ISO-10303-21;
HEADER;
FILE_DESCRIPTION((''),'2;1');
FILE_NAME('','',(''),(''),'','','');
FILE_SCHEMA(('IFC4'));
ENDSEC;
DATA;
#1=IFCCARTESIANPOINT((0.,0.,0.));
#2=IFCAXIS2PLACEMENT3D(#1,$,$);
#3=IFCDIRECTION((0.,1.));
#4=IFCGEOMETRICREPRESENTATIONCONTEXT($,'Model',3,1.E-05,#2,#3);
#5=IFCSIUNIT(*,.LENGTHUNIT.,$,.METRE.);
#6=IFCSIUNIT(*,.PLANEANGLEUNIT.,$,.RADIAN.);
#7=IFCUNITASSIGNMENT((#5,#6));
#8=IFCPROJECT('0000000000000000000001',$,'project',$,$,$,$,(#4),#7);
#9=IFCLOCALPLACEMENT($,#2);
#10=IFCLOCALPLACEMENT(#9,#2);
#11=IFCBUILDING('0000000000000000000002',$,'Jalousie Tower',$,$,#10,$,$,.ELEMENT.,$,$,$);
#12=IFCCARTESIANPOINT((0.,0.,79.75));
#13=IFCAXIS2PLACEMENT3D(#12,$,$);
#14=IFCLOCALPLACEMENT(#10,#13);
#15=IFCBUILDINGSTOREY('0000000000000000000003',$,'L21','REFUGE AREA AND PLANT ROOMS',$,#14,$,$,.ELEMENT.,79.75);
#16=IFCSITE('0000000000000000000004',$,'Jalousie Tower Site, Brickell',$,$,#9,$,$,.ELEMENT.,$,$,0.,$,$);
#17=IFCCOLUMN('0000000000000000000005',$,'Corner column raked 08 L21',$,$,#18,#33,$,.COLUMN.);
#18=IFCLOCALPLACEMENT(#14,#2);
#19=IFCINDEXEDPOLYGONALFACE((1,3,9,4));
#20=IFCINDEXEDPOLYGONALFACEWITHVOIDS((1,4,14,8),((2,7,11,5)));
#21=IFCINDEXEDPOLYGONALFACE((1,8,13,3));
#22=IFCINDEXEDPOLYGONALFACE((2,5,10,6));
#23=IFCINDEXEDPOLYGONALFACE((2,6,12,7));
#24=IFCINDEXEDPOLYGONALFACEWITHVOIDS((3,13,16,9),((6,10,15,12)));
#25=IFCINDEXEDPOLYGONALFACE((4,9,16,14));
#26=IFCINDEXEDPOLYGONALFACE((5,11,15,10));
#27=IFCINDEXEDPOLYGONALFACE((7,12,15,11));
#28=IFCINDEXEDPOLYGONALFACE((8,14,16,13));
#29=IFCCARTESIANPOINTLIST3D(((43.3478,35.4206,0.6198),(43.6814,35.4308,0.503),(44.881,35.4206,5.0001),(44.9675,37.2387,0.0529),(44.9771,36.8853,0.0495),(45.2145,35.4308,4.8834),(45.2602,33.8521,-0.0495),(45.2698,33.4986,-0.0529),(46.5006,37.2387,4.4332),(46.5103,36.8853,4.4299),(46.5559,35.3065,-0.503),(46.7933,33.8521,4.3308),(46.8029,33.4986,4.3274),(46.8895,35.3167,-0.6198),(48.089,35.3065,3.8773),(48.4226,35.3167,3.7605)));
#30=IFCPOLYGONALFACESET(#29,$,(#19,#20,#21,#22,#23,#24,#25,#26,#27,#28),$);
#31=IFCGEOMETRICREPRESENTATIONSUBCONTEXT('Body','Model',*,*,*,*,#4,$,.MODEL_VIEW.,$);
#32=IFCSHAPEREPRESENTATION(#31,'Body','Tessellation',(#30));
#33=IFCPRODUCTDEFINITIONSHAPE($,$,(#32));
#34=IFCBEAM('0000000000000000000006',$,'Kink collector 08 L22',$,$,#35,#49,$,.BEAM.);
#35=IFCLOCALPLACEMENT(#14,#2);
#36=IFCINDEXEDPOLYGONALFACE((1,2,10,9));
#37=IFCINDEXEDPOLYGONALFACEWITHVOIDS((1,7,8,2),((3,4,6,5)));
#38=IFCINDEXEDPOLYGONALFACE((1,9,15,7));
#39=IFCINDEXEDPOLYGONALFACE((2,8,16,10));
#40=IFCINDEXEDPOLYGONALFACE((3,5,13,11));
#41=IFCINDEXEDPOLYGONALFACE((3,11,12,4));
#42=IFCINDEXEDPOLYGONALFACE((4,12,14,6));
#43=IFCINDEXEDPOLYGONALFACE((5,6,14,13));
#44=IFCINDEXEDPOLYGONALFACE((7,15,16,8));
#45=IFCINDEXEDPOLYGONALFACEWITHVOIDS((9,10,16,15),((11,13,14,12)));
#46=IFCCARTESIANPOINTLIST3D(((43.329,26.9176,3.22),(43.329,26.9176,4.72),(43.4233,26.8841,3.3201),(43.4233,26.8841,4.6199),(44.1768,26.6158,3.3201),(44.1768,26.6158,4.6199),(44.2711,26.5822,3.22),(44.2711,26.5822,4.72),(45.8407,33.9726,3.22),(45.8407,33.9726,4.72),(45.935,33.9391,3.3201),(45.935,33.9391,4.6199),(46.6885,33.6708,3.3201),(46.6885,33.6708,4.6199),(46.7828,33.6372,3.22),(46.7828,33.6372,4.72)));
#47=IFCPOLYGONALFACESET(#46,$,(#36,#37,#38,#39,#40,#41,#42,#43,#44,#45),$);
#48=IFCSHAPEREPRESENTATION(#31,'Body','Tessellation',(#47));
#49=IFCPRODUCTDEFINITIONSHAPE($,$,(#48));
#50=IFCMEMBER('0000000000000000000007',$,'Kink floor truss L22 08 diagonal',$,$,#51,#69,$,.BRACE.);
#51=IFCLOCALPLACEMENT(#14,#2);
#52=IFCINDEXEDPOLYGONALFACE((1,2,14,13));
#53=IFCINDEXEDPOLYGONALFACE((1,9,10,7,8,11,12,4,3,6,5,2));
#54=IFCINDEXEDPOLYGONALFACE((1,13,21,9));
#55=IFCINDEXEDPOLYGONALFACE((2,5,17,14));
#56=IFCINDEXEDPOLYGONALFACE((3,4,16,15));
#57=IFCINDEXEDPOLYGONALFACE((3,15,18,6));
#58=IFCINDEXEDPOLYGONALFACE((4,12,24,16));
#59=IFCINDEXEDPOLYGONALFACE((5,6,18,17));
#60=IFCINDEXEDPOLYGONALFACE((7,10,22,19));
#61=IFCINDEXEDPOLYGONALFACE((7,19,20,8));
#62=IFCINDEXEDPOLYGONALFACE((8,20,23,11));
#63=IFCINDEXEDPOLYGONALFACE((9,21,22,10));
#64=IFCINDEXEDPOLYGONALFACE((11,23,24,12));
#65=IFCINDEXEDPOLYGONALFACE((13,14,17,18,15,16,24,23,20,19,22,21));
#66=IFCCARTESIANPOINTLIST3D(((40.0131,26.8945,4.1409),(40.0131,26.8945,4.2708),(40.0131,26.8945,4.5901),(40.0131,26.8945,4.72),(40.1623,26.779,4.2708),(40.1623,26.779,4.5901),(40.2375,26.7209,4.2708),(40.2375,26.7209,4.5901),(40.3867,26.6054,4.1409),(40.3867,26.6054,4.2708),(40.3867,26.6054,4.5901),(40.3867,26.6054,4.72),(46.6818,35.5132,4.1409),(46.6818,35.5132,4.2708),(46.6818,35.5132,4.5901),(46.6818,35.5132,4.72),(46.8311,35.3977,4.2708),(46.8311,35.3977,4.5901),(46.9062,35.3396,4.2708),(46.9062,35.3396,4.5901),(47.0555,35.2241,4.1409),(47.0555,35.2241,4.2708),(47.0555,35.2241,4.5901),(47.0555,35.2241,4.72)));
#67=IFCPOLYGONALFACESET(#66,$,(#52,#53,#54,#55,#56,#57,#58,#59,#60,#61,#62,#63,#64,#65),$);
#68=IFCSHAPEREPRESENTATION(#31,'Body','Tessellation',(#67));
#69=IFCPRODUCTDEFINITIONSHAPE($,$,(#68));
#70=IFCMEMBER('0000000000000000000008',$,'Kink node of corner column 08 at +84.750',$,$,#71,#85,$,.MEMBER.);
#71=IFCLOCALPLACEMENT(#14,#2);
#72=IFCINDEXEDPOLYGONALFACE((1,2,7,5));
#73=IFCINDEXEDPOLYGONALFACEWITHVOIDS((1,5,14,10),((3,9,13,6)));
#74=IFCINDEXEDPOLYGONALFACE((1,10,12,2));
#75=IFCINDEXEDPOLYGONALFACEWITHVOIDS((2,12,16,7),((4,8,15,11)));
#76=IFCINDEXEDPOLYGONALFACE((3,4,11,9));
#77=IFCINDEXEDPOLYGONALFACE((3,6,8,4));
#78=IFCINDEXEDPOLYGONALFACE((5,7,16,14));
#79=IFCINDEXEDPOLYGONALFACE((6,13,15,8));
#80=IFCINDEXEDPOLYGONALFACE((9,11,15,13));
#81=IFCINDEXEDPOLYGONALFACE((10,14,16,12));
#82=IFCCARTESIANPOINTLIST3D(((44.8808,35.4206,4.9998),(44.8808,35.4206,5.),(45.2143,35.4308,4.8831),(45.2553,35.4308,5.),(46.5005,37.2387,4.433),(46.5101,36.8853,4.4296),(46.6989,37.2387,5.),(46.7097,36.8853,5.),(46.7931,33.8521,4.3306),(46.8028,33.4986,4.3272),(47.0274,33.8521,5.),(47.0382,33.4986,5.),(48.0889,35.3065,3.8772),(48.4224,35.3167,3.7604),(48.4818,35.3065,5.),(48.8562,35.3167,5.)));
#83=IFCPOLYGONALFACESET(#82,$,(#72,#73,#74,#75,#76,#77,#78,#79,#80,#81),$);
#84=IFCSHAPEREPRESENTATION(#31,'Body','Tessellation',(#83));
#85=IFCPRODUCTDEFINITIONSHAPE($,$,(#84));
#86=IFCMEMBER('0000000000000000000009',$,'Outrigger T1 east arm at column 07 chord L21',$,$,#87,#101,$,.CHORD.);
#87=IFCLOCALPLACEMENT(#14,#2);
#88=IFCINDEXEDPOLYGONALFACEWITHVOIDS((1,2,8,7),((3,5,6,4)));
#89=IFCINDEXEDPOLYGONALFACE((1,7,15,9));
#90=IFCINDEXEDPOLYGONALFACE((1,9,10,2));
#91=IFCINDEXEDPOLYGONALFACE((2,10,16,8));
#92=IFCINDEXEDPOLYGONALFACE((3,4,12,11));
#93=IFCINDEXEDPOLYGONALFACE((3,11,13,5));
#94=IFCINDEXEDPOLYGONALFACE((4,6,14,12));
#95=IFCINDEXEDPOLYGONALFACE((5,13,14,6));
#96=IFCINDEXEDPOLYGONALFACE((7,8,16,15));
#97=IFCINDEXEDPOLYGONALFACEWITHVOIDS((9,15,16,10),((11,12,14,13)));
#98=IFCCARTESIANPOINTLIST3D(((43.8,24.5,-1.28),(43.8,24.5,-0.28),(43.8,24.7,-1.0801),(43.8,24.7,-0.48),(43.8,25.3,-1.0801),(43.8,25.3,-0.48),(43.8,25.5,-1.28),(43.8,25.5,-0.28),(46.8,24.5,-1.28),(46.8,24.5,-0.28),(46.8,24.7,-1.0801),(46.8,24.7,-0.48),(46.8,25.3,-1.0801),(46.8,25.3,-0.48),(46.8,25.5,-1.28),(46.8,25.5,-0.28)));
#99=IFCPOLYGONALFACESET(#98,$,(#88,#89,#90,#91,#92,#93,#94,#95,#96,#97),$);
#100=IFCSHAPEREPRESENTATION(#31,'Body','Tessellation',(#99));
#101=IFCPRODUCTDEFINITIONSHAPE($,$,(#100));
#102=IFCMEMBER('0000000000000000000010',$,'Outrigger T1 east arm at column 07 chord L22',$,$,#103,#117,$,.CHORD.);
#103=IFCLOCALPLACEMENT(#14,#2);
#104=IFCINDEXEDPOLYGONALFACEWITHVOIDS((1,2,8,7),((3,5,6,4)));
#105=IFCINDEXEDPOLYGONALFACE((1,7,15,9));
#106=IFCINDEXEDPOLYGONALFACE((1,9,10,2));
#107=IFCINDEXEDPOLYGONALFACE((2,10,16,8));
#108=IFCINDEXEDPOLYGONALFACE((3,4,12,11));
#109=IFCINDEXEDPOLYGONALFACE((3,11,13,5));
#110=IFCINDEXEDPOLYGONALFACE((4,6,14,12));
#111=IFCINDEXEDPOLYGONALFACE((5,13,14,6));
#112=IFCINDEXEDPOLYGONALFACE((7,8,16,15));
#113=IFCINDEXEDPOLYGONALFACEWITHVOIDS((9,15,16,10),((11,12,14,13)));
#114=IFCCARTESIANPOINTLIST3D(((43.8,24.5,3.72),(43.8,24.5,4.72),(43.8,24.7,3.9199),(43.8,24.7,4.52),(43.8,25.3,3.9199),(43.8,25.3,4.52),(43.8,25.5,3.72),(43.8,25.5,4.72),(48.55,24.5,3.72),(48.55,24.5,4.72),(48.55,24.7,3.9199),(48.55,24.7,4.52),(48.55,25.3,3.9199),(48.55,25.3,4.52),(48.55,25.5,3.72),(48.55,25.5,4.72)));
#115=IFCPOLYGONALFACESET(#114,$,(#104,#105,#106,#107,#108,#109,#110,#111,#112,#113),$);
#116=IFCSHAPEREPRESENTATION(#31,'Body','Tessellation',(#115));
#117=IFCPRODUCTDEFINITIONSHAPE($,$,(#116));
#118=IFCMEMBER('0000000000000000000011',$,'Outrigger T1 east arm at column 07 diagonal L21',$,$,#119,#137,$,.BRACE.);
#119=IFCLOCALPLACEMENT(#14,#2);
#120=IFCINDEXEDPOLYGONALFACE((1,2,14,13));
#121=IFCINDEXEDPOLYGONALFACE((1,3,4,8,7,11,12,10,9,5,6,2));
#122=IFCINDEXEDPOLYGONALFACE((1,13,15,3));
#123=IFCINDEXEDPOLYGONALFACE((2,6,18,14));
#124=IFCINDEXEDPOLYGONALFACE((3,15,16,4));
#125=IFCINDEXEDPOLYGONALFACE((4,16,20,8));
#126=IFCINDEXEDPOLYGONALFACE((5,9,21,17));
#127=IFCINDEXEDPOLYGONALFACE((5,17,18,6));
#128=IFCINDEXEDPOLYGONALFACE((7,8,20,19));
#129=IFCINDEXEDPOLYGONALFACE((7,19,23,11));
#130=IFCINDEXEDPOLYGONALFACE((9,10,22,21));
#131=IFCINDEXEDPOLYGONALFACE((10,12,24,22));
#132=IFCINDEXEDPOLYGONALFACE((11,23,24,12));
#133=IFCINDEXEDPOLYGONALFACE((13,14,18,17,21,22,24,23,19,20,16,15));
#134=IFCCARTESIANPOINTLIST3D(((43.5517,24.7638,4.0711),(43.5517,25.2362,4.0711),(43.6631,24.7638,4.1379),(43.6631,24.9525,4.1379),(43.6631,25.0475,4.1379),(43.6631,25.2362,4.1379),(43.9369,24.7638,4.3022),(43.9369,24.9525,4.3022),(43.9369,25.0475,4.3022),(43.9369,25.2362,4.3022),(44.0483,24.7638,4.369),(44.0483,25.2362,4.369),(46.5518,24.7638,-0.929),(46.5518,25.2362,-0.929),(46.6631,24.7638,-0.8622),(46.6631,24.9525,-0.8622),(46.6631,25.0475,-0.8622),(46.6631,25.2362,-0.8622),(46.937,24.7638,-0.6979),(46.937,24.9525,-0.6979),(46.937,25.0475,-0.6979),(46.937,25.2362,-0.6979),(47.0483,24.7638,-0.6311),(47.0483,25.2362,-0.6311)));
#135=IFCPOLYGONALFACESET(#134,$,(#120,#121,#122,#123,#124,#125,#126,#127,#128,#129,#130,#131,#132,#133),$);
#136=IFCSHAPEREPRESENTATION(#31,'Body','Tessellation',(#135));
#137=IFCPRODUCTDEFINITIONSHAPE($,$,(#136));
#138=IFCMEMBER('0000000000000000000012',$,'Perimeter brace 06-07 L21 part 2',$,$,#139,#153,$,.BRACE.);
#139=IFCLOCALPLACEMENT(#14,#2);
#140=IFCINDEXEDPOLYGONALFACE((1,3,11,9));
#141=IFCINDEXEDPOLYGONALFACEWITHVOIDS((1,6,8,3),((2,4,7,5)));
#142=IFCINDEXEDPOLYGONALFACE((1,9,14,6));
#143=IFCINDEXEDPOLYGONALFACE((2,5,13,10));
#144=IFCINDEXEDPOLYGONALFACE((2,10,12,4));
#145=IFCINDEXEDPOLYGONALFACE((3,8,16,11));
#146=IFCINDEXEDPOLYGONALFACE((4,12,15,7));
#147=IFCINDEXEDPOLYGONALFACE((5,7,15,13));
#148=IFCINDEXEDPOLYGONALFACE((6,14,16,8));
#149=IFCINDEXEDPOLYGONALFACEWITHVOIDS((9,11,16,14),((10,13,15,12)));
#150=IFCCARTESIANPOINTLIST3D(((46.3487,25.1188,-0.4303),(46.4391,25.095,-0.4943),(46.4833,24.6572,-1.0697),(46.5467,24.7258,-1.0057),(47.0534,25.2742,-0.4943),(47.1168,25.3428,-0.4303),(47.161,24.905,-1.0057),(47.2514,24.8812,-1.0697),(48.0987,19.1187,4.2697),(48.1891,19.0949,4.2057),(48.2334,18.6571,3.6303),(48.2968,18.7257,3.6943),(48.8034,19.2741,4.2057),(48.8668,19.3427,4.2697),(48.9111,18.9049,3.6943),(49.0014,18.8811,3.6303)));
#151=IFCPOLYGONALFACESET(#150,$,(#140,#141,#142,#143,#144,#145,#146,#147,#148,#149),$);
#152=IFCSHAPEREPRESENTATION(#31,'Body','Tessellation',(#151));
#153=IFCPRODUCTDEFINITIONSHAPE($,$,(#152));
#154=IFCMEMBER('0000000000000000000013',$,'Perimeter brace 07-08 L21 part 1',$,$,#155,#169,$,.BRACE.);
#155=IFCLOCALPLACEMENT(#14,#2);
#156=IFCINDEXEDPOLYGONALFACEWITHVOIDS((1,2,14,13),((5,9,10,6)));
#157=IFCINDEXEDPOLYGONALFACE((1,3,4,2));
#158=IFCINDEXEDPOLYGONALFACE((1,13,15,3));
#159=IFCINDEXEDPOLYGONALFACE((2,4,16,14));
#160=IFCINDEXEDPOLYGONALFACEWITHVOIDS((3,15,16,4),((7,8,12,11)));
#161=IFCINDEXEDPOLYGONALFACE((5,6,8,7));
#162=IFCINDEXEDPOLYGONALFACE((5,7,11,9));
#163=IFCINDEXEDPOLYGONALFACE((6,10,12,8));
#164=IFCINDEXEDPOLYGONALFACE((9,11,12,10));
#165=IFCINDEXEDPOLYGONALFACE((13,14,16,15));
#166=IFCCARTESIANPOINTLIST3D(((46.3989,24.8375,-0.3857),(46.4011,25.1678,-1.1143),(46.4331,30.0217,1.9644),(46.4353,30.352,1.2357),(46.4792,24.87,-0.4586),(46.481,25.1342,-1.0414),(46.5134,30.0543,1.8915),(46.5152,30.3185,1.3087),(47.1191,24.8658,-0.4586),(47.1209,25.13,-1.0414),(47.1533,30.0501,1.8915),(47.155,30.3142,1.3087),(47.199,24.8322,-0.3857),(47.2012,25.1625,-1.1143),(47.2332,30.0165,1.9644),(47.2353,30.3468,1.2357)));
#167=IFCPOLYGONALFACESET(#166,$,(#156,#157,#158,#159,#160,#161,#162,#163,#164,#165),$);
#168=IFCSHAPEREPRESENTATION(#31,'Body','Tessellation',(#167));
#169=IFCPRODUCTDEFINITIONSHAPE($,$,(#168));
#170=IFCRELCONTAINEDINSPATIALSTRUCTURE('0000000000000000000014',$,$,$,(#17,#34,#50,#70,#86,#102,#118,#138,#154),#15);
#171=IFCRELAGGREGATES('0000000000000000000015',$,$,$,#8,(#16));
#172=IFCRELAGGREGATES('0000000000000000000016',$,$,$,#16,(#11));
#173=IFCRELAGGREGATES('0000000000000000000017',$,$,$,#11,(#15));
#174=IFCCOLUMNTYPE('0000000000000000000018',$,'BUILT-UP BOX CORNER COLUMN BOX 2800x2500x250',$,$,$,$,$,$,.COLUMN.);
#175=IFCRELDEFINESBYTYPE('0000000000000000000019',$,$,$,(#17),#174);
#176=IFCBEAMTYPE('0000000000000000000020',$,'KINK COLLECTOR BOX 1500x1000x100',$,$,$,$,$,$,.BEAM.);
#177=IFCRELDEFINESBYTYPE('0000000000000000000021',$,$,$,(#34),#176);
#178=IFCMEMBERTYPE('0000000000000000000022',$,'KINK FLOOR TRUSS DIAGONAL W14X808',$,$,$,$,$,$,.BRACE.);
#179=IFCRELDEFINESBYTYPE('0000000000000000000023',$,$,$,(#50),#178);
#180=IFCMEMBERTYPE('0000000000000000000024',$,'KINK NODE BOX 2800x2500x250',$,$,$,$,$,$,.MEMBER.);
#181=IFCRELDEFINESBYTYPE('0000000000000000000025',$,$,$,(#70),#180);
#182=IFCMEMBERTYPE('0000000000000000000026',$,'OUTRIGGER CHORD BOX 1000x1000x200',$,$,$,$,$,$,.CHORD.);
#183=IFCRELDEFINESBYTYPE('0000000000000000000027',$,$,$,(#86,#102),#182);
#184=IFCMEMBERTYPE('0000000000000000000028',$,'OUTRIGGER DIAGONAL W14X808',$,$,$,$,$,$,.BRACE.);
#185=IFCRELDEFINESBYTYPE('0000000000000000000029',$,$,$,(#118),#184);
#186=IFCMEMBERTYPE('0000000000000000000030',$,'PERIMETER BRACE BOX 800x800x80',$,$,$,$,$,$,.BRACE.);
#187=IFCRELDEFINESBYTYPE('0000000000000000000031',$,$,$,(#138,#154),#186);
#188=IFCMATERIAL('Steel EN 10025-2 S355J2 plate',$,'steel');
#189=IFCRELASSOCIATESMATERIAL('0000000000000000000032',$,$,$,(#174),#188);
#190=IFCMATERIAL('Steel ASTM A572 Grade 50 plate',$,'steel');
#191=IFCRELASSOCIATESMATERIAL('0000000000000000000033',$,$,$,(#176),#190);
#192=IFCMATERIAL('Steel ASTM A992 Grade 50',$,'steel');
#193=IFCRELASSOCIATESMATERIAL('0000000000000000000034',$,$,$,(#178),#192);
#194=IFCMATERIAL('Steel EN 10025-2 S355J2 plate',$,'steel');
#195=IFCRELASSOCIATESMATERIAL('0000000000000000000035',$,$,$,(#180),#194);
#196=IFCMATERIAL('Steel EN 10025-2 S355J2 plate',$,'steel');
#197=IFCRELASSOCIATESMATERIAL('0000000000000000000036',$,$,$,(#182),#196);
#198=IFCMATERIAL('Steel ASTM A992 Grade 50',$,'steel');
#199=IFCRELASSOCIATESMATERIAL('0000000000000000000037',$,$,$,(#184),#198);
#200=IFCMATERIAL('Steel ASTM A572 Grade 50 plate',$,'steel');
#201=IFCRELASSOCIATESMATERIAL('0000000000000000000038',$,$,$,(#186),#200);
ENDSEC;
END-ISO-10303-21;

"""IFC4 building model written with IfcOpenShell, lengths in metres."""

from ifc_helpers import new_model, si_unit, direction, frame, origin, origin_2d, place, context, subcontext, project, spatial, hollow_rectangle, i_section, extrude, clip, halfspace, material, material_profile, profile_set, type_object, element, save


model = new_model("IFC4")

# Units and contexts
model_context = context("Model", 3, precision=1e-05, world=origin(), true_north=direction((0.0, 1.0)))
body_context = subcontext(model_context, "Body", "Model", "MODEL_VIEW")
ifc_project = project(units=[si_unit("LENGTHUNIT", "METRE"), si_unit("PLANEANGLEUNIT", "RADIAN")], contexts=[model_context])

# Site, building, storey
site_placement = place(None, origin())
site = spatial("IfcSite", under=ifc_project, at=site_placement, Name="Jalousie Tower Site, Brickell", CompositionType="ELEMENT", RefElevation=0.0)
building_placement = place(site_placement, origin())
building = spatial("IfcBuilding", under=site, at=building_placement, Name="Jalousie Tower", CompositionType="ELEMENT")
storey_placement = place(building_placement, frame((0.0, 0.0, 79.75)))
storey = spatial("IfcBuildingStorey", under=building, at=storey_placement, Name="L21", Description="REFUGE AREA AND PLANT ROOMS", CompositionType="ELEMENT", Elevation=79.75)

# Column
ifc_material_1 = material(Name="Steel EN 10025-2 S355J2 plate", Category="steel")
ifc_material_profile_1 = material_profile(ifc_material_1, hollow_rectangle(XDim=2.5, YDim=2.8, WallThickness=0.25, at=origin_2d()), Name="BOX 2800x2500x250")
ifc_profile_set_1 = profile_set([ifc_material_profile_1], Name="Steel EN 10025-2 S355J2 plate")
column_type = type_object("IfcColumnType", Name="BUILT-UP BOX CORNER COLUMN BOX 2800x2500x250", PredefinedType="COLUMN", material=ifc_profile_set_1)
column_placement = place(storey_placement, frame((45.1187, 35.3687, 0.0), z_axis=(0.33035, 0.0, 0.943858), x_axis=(-0.647863, -0.727226, 0.226752)))
element("IfcColumn", 1, at=column_placement, inside=storey, type_object=column_type, Name="Corner column raked 08 L21", PredefinedType="COLUMN", context=body_context, shape_type="SweptSolid", body=[
    extrude(hollow_rectangle(XDim=2.5, YDim=2.8, WallThickness=0.25, at=origin_2d()), origin(), (0.0, 0.0, 1.0), 4.6409),
])

# Beam
ifc_material_2 = material(Name="Steel ASTM A572 Grade 50 plate", Category="steel")
ifc_material_profile_2 = material_profile(ifc_material_2, hollow_rectangle(XDim=1.0, YDim=1.5, WallThickness=0.1001, at=origin_2d()), Name="BOX 1500x1000x100")
ifc_profile_set_2 = profile_set([ifc_material_profile_2], Name="Steel ASTM A572 Grade 50 plate")
beam_type_1 = type_object("IfcBeamType", Name="KINK COLLECTOR BOX 1500x1000x100", PredefinedType="BEAM", material=ifc_profile_set_2)
beam_1_placement = place(storey_placement, frame((46.3118, 33.8049, 3.97), z_axis=(-0.335401, -0.942076, 0.0), x_axis=(0.942076, -0.335401, 0.0)))
element("IfcBeam", 2, at=beam_1_placement, inside=storey, type_object=beam_type_1, Name="Kink collector 08 L22", PredefinedType="BEAM", context=body_context, shape_type="SweptSolid", body=[
    extrude(hollow_rectangle(XDim=1.0, YDim=1.5, WallThickness=0.1001, at=origin_2d()), origin(), (0.0, 0.0, 1.0), 7.4888),
])

# Members
ifc_material_3 = material(Name="Steel ASTM A992 Grade 50", Category="steel")
ifc_material_profile_3 = material_profile(ifc_material_3, i_section(OverallWidth=0.4724, OverallDepth=0.5791, WebThickness=0.095, FlangeThickness=0.1299, at=origin_2d()), Name="W14X808")
ifc_profile_set_3 = profile_set([ifc_material_profile_3], Name="Steel ASTM A992 Grade 50")
member_type_1 = type_object("IfcMemberType", Name="KINK FLOOR TRUSS DIAGONAL W14X808", PredefinedType="BRACE", material=ifc_profile_set_3)
member_1_placement = place(storey_placement, frame((46.8687, 35.3687, 4.4304), z_axis=(-0.611955, -0.790893, 0.0), x_axis=(0.790893, -0.611955, 0.0)))
element("IfcMember", 3, at=member_1_placement, inside=storey, type_object=member_type_1, Name="Kink floor truss L22 08 diagonal", PredefinedType="BRACE", context=body_context, shape_type="SweptSolid", body=[
    extrude(i_section(OverallWidth=0.4724, OverallDepth=0.5791, WebThickness=0.095, FlangeThickness=0.1299, at=origin_2d()), origin(), (0.0, 0.0, 1.0), 10.8975),
])
ifc_material_4 = material(Name="Steel EN 10025-2 S355J2 plate", Category="steel")
ifc_material_profile_4 = material_profile(ifc_material_4, hollow_rectangle(XDim=2.5, YDim=2.8, WallThickness=0.25, at=origin_2d()), Name="BOX 2800x2500x250")
ifc_profile_set_4 = profile_set([ifc_material_profile_4], Name="Steel EN 10025-2 S355J2 plate")
member_type_2 = type_object("IfcMemberType", Name="KINK NODE BOX 2800x2500x250", PredefinedType="MEMBER", material=ifc_profile_set_4)
member_2_placement = place(storey_placement, frame((46.6516, 35.3687, 4.3801), z_axis=(0.330301, 0.0, 0.943876), x_axis=(-0.647875, -0.727226, 0.226718)))
element("IfcMember", 4, at=member_2_placement, inside=storey, type_object=member_type_2, Name="Kink node of corner column 08 at +84.750", PredefinedType="MEMBER", context=body_context, shape_type="Clipping", body=[
    clip(extrude(hollow_rectangle(XDim=2.5, YDim=2.8, WallThickness=0.25, at=origin_2d()), origin(), (0.0, 0.0, 1.0), 1.3135), halfspace(frame((0.0, 0.0, 0.6567), z_axis=(0.226718, -0.240203, 0.943876)), False)),
])
ifc_material_5 = material(Name="Steel EN 10025-2 S355J2 plate", Category="steel")
ifc_material_profile_5 = material_profile(ifc_material_5, hollow_rectangle(XDim=1.0, YDim=1.0, WallThickness=0.2, at=origin_2d()), Name="BOX 1000x1000x200")
ifc_profile_set_5 = profile_set([ifc_material_profile_5], Name="Steel EN 10025-2 S355J2 plate")
member_type_3 = type_object("IfcMemberType", Name="OUTRIGGER CHORD BOX 1000x1000x200", PredefinedType="CHORD", material=ifc_profile_set_5)
member_3_placement = place(storey_placement, frame((46.8, 25.0, -0.78), z_axis=(-1.0, 0.0, 0.0), x_axis=(0.0, -1.0, 0.0)))
element("IfcMember", 5, at=member_3_placement, inside=storey, type_object=member_type_3, Name="Outrigger T1 east arm at column 07 chord L21", PredefinedType="CHORD", context=body_context, shape_type="SweptSolid", body=[
    extrude(hollow_rectangle(XDim=1.0, YDim=1.0, WallThickness=0.2, at=origin_2d()), origin(), (0.0, 0.0, 1.0), 3.0),
])
member_4_placement = place(storey_placement, frame((48.55, 25.0, 4.22), z_axis=(-1.0, 0.0, 0.0), x_axis=(0.0, -1.0, 0.0)))
element("IfcMember", 6, at=member_4_placement, inside=storey, type_object=member_type_3, Name="Outrigger T1 east arm at column 07 chord L22", PredefinedType="CHORD", context=body_context, shape_type="SweptSolid", body=[
    extrude(hollow_rectangle(XDim=1.0, YDim=1.0, WallThickness=0.2, at=origin_2d()), origin(), (0.0, 0.0, 1.0), 4.75),
])
ifc_material_6 = material(Name="Steel ASTM A992 Grade 50", Category="steel")
ifc_material_profile_6 = material_profile(ifc_material_6, i_section(OverallWidth=0.4724, OverallDepth=0.5791, WebThickness=0.095, FlangeThickness=0.1299, at=origin_2d()), Name="W14X808")
ifc_profile_set_6 = profile_set([ifc_material_profile_6], Name="Steel ASTM A992 Grade 50")
member_type_4 = type_object("IfcMemberType", Name="OUTRIGGER DIAGONAL W14X808", PredefinedType="BRACE", material=ifc_profile_set_6)
member_5_placement = place(storey_placement, frame((46.8, 25.0, -0.78), z_axis=(-0.514496, 0.0, 0.857493), x_axis=(0.0, -1.0, 0.0)))
element("IfcMember", 7, at=member_5_placement, inside=storey, type_object=member_type_4, Name="Outrigger T1 east arm at column 07 diagonal L21", PredefinedType="BRACE", context=body_context, shape_type="SweptSolid", body=[
    extrude(i_section(OverallWidth=0.4724, OverallDepth=0.5791, WebThickness=0.095, FlangeThickness=0.1299, at=origin_2d()), origin(), (0.0, 0.0, 1.0), 5.8311),
])
ifc_material_7 = material(Name="Steel ASTM A572 Grade 50 plate", Category="steel")
ifc_material_profile_7 = material_profile(ifc_material_7, hollow_rectangle(XDim=0.8, YDim=0.8, WallThickness=0.0801, at=origin_2d()), Name="BOX 800x800x80")
ifc_profile_set_7 = profile_set([ifc_material_profile_7], Name="Steel ASTM A572 Grade 50 plate")
member_type_5 = type_object("IfcMemberType", Name="PERIMETER BRACE BOX 800x800x80", PredefinedType="BRACE", material=ifc_profile_set_7)
member_6_placement = place(storey_placement, frame((46.8, 25.0, -0.75), z_axis=(0.223786, -0.767266, 0.601019), x_axis=(0.96, 0.28, 0.0)))
element("IfcMember", 8, at=member_6_placement, inside=storey, type_object=member_type_5, Name="Perimeter brace 06-07 L21 part 2", PredefinedType="BRACE", context=body_context, shape_type="SweptSolid", body=[
    extrude(hollow_rectangle(XDim=0.8, YDim=0.8, WallThickness=0.0801, at=origin_2d()), origin(), (0.0, 0.0, 1.0), 7.8201),
])
for number, where, z_axis, x_axis, name in (
    (9, (46.8, 25.0, -0.75), (0.006005, 0.910774, 0.412861), (-0.999978, 0.006593, 0.0), "Perimeter brace 07-08 L21 part 1"),
):
    element("IfcMember", number, at=place(storey_placement, frame(where, z_axis=z_axis, x_axis=x_axis)), inside=storey, type_object=member_type_5, Name=name, PredefinedType="BRACE", context=body_context, shape_type="SweptSolid", body=[
        extrude(hollow_rectangle(XDim=0.8, YDim=0.8, WallThickness=0.0801, at=origin_2d()), origin(), (0.0, 0.0, 1.0), 5.6921),
    ])

save(model, "model.ifc")
